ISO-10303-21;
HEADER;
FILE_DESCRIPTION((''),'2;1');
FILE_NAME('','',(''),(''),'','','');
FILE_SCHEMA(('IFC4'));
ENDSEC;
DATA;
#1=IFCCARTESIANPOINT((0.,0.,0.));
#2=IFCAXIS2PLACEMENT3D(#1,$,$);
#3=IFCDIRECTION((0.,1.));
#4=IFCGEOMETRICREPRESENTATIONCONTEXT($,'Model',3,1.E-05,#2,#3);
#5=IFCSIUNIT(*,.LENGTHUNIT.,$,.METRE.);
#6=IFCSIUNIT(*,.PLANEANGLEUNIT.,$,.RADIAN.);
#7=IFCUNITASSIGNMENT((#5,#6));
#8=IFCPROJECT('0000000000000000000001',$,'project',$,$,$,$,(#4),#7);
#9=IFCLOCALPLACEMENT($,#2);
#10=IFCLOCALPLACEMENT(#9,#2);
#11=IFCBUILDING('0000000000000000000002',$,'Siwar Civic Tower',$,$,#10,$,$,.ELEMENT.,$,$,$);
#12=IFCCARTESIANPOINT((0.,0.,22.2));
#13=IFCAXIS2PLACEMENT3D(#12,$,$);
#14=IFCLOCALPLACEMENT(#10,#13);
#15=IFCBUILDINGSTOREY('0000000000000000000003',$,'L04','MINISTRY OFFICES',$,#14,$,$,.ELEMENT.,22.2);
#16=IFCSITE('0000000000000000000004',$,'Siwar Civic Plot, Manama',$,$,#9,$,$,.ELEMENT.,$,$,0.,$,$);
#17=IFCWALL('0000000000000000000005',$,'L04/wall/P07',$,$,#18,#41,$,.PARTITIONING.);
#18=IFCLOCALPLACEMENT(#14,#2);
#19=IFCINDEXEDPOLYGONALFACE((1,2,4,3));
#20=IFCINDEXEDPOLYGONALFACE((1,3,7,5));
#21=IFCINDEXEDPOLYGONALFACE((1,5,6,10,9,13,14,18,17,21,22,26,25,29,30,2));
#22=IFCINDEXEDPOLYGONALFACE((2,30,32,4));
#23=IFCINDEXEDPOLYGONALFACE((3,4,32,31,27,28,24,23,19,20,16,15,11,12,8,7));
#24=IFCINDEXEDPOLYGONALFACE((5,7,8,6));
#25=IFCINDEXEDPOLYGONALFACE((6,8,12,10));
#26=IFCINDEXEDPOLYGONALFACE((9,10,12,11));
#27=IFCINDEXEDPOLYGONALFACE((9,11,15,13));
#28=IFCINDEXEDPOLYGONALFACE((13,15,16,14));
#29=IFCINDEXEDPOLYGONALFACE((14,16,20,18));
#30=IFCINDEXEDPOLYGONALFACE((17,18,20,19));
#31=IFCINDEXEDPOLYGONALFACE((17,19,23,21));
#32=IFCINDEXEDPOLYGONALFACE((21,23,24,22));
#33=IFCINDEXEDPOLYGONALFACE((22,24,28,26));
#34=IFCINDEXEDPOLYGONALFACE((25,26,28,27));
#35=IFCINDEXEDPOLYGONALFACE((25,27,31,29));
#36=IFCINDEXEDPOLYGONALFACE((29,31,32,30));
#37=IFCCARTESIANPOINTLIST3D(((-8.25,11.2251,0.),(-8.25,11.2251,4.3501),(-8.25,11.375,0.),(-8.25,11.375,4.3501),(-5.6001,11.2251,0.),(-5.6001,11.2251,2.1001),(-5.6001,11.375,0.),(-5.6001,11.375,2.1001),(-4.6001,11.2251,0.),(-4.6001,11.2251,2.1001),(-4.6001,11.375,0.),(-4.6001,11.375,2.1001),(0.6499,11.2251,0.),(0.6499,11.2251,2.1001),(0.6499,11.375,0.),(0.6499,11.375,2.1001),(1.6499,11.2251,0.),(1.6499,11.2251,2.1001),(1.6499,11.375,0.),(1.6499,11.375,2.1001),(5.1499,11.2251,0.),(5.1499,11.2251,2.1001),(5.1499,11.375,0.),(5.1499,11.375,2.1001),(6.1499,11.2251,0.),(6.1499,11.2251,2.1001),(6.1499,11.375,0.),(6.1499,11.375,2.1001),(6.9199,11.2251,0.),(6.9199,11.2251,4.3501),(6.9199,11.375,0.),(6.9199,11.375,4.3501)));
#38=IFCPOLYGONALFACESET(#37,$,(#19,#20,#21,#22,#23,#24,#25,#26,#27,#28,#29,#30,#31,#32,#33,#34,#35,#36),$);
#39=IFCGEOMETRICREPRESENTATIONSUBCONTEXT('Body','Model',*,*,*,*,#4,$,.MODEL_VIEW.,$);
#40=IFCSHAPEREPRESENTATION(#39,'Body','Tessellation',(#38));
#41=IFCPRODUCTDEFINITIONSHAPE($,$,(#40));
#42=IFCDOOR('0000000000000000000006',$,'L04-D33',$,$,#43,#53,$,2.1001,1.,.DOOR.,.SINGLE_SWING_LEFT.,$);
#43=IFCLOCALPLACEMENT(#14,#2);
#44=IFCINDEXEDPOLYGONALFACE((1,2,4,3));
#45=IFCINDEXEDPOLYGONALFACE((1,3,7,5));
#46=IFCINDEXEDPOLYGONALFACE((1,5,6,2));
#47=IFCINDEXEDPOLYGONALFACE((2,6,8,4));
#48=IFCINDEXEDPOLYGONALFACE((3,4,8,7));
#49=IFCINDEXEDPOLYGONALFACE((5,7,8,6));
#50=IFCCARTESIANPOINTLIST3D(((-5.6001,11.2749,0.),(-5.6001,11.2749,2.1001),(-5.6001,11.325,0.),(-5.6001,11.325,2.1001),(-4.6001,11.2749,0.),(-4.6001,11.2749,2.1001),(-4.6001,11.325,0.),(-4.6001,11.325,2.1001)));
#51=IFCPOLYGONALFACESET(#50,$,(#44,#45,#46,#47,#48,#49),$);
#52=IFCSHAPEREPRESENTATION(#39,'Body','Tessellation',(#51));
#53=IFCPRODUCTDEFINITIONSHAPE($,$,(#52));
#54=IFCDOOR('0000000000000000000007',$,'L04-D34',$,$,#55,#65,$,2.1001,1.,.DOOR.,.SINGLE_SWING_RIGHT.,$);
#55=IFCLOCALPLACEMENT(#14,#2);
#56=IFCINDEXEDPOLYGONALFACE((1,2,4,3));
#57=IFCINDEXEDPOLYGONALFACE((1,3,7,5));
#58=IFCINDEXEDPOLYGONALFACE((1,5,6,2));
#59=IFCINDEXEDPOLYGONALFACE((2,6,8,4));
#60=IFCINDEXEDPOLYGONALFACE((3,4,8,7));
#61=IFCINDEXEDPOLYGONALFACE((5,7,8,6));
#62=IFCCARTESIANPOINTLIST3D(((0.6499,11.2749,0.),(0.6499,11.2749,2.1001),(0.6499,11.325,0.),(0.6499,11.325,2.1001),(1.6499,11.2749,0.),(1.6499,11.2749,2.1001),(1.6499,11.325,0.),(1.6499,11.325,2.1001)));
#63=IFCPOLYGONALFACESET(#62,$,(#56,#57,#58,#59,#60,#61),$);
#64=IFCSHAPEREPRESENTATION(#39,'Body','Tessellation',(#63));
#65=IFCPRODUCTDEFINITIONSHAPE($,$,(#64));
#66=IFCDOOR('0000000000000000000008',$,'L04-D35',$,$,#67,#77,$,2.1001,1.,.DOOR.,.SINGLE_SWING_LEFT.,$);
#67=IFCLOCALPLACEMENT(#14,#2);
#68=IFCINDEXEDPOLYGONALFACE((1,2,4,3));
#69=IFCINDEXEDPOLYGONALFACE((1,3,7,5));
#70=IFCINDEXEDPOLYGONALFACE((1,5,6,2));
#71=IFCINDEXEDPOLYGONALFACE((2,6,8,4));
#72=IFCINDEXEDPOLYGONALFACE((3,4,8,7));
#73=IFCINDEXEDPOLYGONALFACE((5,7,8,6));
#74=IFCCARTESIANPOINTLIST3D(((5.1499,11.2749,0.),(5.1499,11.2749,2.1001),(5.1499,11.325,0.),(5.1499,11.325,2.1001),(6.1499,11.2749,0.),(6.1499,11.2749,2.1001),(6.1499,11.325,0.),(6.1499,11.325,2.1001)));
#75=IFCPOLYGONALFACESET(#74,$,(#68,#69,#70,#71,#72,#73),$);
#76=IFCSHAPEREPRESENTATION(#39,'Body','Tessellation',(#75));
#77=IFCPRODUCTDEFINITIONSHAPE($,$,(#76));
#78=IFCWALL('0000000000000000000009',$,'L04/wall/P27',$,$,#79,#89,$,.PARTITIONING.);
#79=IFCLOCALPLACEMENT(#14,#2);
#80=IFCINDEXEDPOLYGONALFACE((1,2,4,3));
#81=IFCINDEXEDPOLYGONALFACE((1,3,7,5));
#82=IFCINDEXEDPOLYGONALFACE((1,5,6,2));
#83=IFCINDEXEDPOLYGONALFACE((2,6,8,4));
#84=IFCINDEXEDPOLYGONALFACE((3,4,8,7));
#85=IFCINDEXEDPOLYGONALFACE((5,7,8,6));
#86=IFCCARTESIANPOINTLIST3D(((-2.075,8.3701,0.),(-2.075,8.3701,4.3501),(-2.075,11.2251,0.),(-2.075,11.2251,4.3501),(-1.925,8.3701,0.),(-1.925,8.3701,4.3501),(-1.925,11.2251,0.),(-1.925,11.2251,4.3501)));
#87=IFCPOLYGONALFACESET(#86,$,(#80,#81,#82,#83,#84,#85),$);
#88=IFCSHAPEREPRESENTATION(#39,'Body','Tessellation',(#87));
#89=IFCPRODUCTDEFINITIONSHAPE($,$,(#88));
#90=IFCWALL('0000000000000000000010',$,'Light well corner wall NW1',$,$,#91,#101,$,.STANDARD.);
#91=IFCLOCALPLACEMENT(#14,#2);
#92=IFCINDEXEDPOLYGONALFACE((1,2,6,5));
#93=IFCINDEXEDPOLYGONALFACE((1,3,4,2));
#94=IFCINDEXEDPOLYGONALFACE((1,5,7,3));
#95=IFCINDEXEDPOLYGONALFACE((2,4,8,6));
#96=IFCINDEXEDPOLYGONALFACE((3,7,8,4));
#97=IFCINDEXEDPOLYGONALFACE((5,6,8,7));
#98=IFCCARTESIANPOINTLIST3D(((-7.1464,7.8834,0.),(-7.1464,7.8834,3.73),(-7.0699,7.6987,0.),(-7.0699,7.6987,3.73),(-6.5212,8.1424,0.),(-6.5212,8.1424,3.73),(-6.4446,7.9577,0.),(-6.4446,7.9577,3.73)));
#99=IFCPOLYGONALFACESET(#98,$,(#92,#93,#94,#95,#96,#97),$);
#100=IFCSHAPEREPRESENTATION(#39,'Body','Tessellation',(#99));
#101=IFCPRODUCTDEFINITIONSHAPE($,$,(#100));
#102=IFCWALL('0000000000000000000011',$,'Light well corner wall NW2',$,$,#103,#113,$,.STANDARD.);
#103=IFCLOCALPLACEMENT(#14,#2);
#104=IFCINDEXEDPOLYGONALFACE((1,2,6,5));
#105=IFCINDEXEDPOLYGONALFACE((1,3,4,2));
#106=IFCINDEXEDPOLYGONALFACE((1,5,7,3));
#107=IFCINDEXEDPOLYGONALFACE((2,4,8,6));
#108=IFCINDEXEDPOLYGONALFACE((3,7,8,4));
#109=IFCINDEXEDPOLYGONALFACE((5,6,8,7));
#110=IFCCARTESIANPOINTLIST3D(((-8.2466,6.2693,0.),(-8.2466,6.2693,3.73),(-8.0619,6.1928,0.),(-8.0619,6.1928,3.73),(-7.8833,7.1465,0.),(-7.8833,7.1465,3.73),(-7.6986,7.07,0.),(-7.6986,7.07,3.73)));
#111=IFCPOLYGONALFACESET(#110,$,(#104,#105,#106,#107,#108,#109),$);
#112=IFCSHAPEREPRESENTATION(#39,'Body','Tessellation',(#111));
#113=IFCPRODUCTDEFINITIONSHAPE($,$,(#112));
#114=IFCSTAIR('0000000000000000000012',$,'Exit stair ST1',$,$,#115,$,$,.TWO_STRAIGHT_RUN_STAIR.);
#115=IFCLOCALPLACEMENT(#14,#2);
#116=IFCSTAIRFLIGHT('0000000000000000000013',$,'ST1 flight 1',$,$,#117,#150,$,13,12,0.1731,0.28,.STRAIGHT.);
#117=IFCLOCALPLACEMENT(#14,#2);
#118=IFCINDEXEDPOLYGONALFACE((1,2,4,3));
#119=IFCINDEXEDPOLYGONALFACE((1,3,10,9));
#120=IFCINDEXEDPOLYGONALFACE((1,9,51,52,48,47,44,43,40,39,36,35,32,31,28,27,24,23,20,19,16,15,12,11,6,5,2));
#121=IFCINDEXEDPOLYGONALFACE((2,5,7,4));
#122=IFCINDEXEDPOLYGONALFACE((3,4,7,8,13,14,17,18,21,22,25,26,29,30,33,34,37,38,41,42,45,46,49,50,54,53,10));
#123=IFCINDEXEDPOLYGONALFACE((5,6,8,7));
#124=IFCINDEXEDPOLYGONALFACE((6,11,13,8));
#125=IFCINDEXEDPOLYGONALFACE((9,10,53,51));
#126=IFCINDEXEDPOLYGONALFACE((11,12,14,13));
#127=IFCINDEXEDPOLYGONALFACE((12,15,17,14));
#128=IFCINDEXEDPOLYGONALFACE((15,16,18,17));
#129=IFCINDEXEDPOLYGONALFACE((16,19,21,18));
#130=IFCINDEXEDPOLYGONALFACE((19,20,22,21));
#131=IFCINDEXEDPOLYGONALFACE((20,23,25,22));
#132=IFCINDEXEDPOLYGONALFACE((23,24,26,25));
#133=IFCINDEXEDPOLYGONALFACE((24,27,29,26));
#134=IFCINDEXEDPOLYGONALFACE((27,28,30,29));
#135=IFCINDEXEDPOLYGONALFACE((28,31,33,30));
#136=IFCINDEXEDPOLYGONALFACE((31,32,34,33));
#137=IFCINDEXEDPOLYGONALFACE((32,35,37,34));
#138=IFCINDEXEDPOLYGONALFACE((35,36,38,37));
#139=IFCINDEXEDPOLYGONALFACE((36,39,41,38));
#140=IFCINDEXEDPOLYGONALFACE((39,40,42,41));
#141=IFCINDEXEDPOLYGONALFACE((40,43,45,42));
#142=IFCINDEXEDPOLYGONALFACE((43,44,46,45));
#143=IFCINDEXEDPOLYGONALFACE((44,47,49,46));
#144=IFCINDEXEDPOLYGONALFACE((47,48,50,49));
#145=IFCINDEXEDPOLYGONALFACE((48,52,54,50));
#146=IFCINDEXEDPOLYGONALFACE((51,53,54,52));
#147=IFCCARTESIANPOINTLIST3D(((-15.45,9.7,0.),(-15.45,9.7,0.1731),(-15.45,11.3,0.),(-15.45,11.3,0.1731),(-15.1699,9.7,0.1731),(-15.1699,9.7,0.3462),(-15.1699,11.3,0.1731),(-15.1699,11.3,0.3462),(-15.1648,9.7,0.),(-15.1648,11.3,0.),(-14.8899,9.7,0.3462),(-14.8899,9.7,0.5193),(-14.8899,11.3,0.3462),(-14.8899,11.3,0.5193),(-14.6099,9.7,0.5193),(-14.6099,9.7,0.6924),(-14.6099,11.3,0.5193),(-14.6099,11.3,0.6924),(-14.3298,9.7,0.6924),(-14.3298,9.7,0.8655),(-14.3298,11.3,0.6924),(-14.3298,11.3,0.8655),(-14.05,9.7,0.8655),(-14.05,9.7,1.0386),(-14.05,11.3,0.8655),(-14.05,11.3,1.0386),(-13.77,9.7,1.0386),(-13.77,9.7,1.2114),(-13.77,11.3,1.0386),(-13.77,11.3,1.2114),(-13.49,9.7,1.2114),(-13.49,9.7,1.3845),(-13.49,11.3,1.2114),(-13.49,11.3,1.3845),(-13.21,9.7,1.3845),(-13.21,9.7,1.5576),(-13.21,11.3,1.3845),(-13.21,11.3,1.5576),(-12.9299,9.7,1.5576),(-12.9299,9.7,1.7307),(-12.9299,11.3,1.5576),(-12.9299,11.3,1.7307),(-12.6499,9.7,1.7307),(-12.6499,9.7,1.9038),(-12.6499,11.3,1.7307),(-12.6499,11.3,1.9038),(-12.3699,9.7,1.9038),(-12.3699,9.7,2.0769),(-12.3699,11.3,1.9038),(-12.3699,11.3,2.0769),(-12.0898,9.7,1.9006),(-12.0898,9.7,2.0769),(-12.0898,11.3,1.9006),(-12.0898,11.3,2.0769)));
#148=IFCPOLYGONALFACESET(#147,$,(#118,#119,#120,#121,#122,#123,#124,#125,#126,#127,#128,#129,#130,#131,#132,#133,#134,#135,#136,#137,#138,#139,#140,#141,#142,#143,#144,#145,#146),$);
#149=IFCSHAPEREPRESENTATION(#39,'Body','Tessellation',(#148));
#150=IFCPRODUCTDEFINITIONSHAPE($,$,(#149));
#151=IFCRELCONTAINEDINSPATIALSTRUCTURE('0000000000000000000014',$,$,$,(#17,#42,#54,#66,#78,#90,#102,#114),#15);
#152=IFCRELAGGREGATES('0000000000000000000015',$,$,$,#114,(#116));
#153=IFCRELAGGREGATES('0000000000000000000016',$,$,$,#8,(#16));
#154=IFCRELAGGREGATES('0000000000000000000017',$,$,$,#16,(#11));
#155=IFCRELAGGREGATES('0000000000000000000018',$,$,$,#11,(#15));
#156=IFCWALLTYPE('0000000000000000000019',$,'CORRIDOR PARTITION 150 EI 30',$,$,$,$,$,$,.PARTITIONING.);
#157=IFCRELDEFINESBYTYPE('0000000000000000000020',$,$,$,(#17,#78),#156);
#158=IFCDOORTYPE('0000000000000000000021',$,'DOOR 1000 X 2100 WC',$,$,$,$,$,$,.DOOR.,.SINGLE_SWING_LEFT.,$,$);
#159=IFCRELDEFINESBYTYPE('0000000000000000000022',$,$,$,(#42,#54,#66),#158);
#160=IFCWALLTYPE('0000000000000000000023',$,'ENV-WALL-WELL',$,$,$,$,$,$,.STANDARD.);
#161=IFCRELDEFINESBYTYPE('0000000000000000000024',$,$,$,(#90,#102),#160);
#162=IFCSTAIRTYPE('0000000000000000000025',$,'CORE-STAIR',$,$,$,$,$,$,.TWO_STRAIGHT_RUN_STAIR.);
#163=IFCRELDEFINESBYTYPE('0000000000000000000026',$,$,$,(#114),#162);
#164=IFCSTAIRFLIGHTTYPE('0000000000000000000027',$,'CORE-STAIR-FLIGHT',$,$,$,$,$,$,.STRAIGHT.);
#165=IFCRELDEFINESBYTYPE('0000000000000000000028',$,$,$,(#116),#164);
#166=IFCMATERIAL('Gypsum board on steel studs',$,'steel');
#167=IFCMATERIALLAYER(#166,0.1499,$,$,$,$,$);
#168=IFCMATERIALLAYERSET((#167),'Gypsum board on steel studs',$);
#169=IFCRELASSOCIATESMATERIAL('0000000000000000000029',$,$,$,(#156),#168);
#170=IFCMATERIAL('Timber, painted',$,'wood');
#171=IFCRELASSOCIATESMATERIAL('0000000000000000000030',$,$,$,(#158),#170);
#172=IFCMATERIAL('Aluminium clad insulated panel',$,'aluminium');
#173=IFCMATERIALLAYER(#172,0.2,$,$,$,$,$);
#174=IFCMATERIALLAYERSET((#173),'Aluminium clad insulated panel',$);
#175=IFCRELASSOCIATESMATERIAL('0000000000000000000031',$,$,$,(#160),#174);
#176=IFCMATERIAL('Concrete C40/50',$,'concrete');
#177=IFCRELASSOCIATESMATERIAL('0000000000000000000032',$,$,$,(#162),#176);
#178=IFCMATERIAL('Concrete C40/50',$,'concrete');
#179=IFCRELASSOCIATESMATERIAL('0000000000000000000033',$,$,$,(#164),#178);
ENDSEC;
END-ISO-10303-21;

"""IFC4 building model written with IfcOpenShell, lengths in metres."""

from ifc_helpers import new_model, si_unit, direction, frame, frame_2d, origin, place, context, subcontext, project, spatial, polyline, rectangle, outline, extrude, material, layer, layer_set, type_object, element, fill, aggregate, save


model = new_model("IFC4")

# Units and contexts
model_context = context("Model", 3, precision=1e-05, world=origin(), true_north=direction((0.0, 1.0)))
body_context = subcontext(model_context, "Body", "Model", "MODEL_VIEW")
ifc_project = project(units=[si_unit("LENGTHUNIT", "METRE"), si_unit("PLANEANGLEUNIT", "RADIAN")], contexts=[model_context])

# Site, building, storey
site_placement = place(None, origin())
site = spatial("IfcSite", under=ifc_project, at=site_placement, Name="Siwar Civic Plot, Manama", CompositionType="ELEMENT", RefElevation=0.0)
building_placement = place(site_placement, origin())
building = spatial("IfcBuilding", under=site, at=building_placement, Name="Siwar Civic Tower", CompositionType="ELEMENT")
storey_placement = place(building_placement, frame((0.0, 0.0, 22.2)))
storey = spatial("IfcBuildingStorey", under=building, at=storey_placement, Name="L04", Description="MINISTRY OFFICES", CompositionType="ELEMENT", Elevation=22.2)

# Wall, openings, doors
ifc_material_1 = material(Name="Gypsum board on steel studs", Category="steel")
ifc_layer_1 = layer(ifc_material_1, 0.1499)
ifc_layer_set_1 = layer_set([ifc_layer_1], Name="Gypsum board on steel studs")
wall_type_1 = type_object("IfcWallType", Name="CORRIDOR PARTITION 150 EI 30", PredefinedType="PARTITIONING", material=ifc_layer_set_1)
wall_1_placement = place(storey_placement, frame((-8.25, 11.3, 0.0), z_axis=(0.0, 0.0, 1.0), x_axis=(1.0, 0.0, 0.0)))
wall_1 = element("IfcWall", 1, at=wall_1_placement, inside=storey, type_object=wall_type_1, Name="L04/wall/P07", PredefinedType="PARTITIONING", context=body_context, shape_type="SweptSolid", body=[
    extrude(rectangle(XDim=15.1699, YDim=0.1499, at=frame_2d((7.585, 0.0))), origin(), (0.0, 0.0, 1.0), 4.3501),
])
opening_1_placement = place(wall_1_placement, frame((2.6499, 0.0, 0.0)))
opening_1 = element("IfcOpeningElement", 2, at=opening_1_placement, cuts=wall_1, PredefinedType="OPENING", context=body_context, shape_type="SweptSolid", body=[
    extrude(rectangle(XDim=1.0, YDim=2.1001, at=frame_2d((0.5, 1.05))), frame((0.0, 0.085, 0.0), z_axis=(0.0, -1.0, 0.0), x_axis=(1.0, 0.0, 0.0)), (0.0, 0.0, 1.0), 0.1699),
])
opening_2_placement = place(wall_1_placement, frame((8.8999, 0.0, 0.0)))
opening_2 = element("IfcOpeningElement", 3, at=opening_2_placement, cuts=wall_1, PredefinedType="OPENING", context=body_context, shape_type="SweptSolid", body=[
    extrude(rectangle(XDim=1.0, YDim=2.1001, at=frame_2d((0.5, 1.05))), frame((0.0, 0.085, 0.0), z_axis=(0.0, -1.0, 0.0), x_axis=(1.0, 0.0, 0.0)), (0.0, 0.0, 1.0), 0.1699),
])
opening_3_placement = place(wall_1_placement, frame((13.3999, 0.0, 0.0)))
opening_3 = element("IfcOpeningElement", 4, at=opening_3_placement, cuts=wall_1, PredefinedType="OPENING", context=body_context, shape_type="SweptSolid", body=[
    extrude(rectangle(XDim=1.0, YDim=2.1001, at=frame_2d((0.5, 1.05))), frame((0.0, 0.085, 0.0), z_axis=(0.0, -1.0, 0.0), x_axis=(1.0, 0.0, 0.0)), (0.0, 0.0, 1.0), 0.1699),
])
ifc_material_2 = material(Name="Timber, painted", Category="wood")
door_type_1 = type_object("IfcDoorType", Name="DOOR 1000 X 2100 WC", OperationType="SINGLE_SWING_LEFT", PredefinedType="DOOR", material=ifc_material_2)
door_1_placement = place(opening_1_placement, origin())
door_1 = element("IfcDoor", 5, at=door_1_placement, inside=storey, type_object=door_type_1, Name="L04-D33", OperationType="SINGLE_SWING_LEFT", OverallHeight=2.1001, OverallWidth=1.0, PredefinedType="DOOR", context=body_context, shape_type="SweptSolid", body=[
    extrude(rectangle(XDim=1.0, YDim=2.1001, at=frame_2d((0.5, 1.05))), frame((0.0, 0.0249, 0.0), z_axis=(0.0, -1.0, 0.0), x_axis=(1.0, 0.0, 0.0)), (0.0, 0.0, 1.0), 0.05),
])
fill(opening_1, door_1)
door_2_placement = place(opening_2_placement, origin())
door_2 = element("IfcDoor", 6, at=door_2_placement, inside=storey, type_object=door_type_1, Name="L04-D34", OperationType="SINGLE_SWING_RIGHT", OverallHeight=2.1001, OverallWidth=1.0, PredefinedType="DOOR", context=body_context, shape_type="SweptSolid", body=[
    extrude(rectangle(XDim=1.0, YDim=2.1001, at=frame_2d((0.5, 1.05))), frame((0.0, 0.0249, 0.0), z_axis=(0.0, -1.0, 0.0), x_axis=(1.0, 0.0, 0.0)), (0.0, 0.0, 1.0), 0.05),
])
fill(opening_2, door_2)
door_3_placement = place(opening_3_placement, origin())
door_3 = element("IfcDoor", 7, at=door_3_placement, inside=storey, type_object=door_type_1, Name="L04-D35", OperationType="SINGLE_SWING_LEFT", OverallHeight=2.1001, OverallWidth=1.0, PredefinedType="DOOR", context=body_context, shape_type="SweptSolid", body=[
    extrude(rectangle(XDim=1.0, YDim=2.1001, at=frame_2d((0.5, 1.05))), frame((0.0, 0.0249, 0.0), z_axis=(0.0, -1.0, 0.0), x_axis=(1.0, 0.0, 0.0)), (0.0, 0.0, 1.0), 0.05),
])
fill(opening_3, door_3)

# Walls
wall_2_placement = place(storey_placement, frame((-2.0, 8.3701, 0.0), z_axis=(0.0, 0.0, 1.0), x_axis=(0.0, 1.0, 0.0)))
element("IfcWall", 8, at=wall_2_placement, inside=storey, type_object=wall_type_1, Name="L04/wall/P27", PredefinedType="PARTITIONING", context=body_context, shape_type="SweptSolid", body=[
    extrude(rectangle(XDim=2.855, YDim=0.1499, at=frame_2d((1.4275, 0.0))), origin(), (0.0, 0.0, 1.0), 4.3501),
])
ifc_material_3 = material(Name="Aluminium clad insulated panel", Category="aluminium")
ifc_layer_2 = layer(ifc_material_3, 0.2)
ifc_layer_set_2 = layer_set([ifc_layer_2], Name="Aluminium clad insulated panel")
wall_type_2 = type_object("IfcWallType", Name="ENV-WALL-WELL", PredefinedType="STANDARD", material=ifc_layer_set_2)
wall_3_placement = place(storey_placement, frame((-6.4829, 8.05, 0.0), z_axis=(0.0, 0.0, 1.0), x_axis=(-0.923854, -0.382745, 0.0)))
element("IfcWall", 9, at=wall_3_placement, inside=storey, type_object=wall_type_2, Name="Light well corner wall NW1", PredefinedType="STANDARD", context=body_context, shape_type="SweptSolid", body=[
    extrude(rectangle(XDim=0.6768, YDim=0.2, at=frame_2d((0.3384, 0.0))), origin(), (0.0, 0.0, 1.0), 3.73),
])
wall_4_placement = place(storey_placement, frame((-7.791, 7.1082, 0.0), z_axis=(0.0, 0.0, 1.0), x_axis=(-0.382624, -0.923904, 0.0)))
element("IfcWall", 10, at=wall_4_placement, inside=storey, type_object=wall_type_2, Name="Light well corner wall NW2", PredefinedType="STANDARD", context=body_context, shape_type="SweptSolid", body=[
    extrude(rectangle(XDim=0.9495, YDim=0.2, at=frame_2d((0.4746, 0.0))), origin(), (0.0, 0.0, 1.0), 3.73),
])

# Stair, stair flight
ifc_material_4 = material(Name="Concrete C40/50", Category="concrete")
stair_type = type_object("IfcStairType", Name="CORE-STAIR", PredefinedType="TWO_STRAIGHT_RUN_STAIR", material=ifc_material_4)
stair_placement = place(storey_placement, origin())
stair = element("IfcStair", 11, at=stair_placement, inside=storey, type_object=stair_type, Name="Exit stair ST1", PredefinedType="TWO_STRAIGHT_RUN_STAIR")
ifc_material_5 = material(Name="Concrete C40/50", Category="concrete")
stair_flight_type = type_object("IfcStairFlightType", Name="CORE-STAIR-FLIGHT", PredefinedType="STRAIGHT", material=ifc_material_5)
stair_flight_1_placement = place(storey_placement, frame((-15.45, 10.5, 0.0), z_axis=(0.0, 0.0, 1.0), x_axis=(1.0, 0.0, 0.0)))
stair_flight_1 = element("IfcStairFlight", 12, at=stair_flight_1_placement, type_object=stair_flight_type, Name="ST1 flight 1", NumberOfRisers=13, NumberOfTreads=12, PredefinedType="STRAIGHT", RiserHeight=0.1731, TreadLength=0.28, context=body_context, shape_type="SweptSolid", body=[
    extrude(outline(polyline([(0.0, 0.0), (0.0, 0.1731), (0.28, 0.1731), (0.28, 0.3462), (0.5601, 0.3462), (0.5601, 0.5193), (0.8401, 0.5193), (0.8401, 0.6924), (1.1201, 0.6924), (1.1201, 0.8655), (1.3999, 0.8655), (1.3999, 1.0386), (1.6799, 1.0386), (1.6799, 1.2114), (1.96, 1.2114), (1.96, 1.3845), (2.24, 1.3845), (2.24, 1.5576), (2.52, 1.5576), (2.52, 1.7307), (2.8, 1.7307), (2.8, 1.9038), (3.0801, 1.9038), (3.0801, 2.0769), (3.3601, 2.0769), (3.3601, 2.25), (3.3601, 1.9006), (0.2852, 0.0), (0.0, 0.0)])), frame((0.0, 0.8, 0.0), z_axis=(0.0, -1.0, 0.0), x_axis=(1.0, 0.0, 0.0)), (0.0, 0.0, 1.0), 1.6001),
])
aggregate(stair, [stair_flight_1])

save(model, "model.ifc")
